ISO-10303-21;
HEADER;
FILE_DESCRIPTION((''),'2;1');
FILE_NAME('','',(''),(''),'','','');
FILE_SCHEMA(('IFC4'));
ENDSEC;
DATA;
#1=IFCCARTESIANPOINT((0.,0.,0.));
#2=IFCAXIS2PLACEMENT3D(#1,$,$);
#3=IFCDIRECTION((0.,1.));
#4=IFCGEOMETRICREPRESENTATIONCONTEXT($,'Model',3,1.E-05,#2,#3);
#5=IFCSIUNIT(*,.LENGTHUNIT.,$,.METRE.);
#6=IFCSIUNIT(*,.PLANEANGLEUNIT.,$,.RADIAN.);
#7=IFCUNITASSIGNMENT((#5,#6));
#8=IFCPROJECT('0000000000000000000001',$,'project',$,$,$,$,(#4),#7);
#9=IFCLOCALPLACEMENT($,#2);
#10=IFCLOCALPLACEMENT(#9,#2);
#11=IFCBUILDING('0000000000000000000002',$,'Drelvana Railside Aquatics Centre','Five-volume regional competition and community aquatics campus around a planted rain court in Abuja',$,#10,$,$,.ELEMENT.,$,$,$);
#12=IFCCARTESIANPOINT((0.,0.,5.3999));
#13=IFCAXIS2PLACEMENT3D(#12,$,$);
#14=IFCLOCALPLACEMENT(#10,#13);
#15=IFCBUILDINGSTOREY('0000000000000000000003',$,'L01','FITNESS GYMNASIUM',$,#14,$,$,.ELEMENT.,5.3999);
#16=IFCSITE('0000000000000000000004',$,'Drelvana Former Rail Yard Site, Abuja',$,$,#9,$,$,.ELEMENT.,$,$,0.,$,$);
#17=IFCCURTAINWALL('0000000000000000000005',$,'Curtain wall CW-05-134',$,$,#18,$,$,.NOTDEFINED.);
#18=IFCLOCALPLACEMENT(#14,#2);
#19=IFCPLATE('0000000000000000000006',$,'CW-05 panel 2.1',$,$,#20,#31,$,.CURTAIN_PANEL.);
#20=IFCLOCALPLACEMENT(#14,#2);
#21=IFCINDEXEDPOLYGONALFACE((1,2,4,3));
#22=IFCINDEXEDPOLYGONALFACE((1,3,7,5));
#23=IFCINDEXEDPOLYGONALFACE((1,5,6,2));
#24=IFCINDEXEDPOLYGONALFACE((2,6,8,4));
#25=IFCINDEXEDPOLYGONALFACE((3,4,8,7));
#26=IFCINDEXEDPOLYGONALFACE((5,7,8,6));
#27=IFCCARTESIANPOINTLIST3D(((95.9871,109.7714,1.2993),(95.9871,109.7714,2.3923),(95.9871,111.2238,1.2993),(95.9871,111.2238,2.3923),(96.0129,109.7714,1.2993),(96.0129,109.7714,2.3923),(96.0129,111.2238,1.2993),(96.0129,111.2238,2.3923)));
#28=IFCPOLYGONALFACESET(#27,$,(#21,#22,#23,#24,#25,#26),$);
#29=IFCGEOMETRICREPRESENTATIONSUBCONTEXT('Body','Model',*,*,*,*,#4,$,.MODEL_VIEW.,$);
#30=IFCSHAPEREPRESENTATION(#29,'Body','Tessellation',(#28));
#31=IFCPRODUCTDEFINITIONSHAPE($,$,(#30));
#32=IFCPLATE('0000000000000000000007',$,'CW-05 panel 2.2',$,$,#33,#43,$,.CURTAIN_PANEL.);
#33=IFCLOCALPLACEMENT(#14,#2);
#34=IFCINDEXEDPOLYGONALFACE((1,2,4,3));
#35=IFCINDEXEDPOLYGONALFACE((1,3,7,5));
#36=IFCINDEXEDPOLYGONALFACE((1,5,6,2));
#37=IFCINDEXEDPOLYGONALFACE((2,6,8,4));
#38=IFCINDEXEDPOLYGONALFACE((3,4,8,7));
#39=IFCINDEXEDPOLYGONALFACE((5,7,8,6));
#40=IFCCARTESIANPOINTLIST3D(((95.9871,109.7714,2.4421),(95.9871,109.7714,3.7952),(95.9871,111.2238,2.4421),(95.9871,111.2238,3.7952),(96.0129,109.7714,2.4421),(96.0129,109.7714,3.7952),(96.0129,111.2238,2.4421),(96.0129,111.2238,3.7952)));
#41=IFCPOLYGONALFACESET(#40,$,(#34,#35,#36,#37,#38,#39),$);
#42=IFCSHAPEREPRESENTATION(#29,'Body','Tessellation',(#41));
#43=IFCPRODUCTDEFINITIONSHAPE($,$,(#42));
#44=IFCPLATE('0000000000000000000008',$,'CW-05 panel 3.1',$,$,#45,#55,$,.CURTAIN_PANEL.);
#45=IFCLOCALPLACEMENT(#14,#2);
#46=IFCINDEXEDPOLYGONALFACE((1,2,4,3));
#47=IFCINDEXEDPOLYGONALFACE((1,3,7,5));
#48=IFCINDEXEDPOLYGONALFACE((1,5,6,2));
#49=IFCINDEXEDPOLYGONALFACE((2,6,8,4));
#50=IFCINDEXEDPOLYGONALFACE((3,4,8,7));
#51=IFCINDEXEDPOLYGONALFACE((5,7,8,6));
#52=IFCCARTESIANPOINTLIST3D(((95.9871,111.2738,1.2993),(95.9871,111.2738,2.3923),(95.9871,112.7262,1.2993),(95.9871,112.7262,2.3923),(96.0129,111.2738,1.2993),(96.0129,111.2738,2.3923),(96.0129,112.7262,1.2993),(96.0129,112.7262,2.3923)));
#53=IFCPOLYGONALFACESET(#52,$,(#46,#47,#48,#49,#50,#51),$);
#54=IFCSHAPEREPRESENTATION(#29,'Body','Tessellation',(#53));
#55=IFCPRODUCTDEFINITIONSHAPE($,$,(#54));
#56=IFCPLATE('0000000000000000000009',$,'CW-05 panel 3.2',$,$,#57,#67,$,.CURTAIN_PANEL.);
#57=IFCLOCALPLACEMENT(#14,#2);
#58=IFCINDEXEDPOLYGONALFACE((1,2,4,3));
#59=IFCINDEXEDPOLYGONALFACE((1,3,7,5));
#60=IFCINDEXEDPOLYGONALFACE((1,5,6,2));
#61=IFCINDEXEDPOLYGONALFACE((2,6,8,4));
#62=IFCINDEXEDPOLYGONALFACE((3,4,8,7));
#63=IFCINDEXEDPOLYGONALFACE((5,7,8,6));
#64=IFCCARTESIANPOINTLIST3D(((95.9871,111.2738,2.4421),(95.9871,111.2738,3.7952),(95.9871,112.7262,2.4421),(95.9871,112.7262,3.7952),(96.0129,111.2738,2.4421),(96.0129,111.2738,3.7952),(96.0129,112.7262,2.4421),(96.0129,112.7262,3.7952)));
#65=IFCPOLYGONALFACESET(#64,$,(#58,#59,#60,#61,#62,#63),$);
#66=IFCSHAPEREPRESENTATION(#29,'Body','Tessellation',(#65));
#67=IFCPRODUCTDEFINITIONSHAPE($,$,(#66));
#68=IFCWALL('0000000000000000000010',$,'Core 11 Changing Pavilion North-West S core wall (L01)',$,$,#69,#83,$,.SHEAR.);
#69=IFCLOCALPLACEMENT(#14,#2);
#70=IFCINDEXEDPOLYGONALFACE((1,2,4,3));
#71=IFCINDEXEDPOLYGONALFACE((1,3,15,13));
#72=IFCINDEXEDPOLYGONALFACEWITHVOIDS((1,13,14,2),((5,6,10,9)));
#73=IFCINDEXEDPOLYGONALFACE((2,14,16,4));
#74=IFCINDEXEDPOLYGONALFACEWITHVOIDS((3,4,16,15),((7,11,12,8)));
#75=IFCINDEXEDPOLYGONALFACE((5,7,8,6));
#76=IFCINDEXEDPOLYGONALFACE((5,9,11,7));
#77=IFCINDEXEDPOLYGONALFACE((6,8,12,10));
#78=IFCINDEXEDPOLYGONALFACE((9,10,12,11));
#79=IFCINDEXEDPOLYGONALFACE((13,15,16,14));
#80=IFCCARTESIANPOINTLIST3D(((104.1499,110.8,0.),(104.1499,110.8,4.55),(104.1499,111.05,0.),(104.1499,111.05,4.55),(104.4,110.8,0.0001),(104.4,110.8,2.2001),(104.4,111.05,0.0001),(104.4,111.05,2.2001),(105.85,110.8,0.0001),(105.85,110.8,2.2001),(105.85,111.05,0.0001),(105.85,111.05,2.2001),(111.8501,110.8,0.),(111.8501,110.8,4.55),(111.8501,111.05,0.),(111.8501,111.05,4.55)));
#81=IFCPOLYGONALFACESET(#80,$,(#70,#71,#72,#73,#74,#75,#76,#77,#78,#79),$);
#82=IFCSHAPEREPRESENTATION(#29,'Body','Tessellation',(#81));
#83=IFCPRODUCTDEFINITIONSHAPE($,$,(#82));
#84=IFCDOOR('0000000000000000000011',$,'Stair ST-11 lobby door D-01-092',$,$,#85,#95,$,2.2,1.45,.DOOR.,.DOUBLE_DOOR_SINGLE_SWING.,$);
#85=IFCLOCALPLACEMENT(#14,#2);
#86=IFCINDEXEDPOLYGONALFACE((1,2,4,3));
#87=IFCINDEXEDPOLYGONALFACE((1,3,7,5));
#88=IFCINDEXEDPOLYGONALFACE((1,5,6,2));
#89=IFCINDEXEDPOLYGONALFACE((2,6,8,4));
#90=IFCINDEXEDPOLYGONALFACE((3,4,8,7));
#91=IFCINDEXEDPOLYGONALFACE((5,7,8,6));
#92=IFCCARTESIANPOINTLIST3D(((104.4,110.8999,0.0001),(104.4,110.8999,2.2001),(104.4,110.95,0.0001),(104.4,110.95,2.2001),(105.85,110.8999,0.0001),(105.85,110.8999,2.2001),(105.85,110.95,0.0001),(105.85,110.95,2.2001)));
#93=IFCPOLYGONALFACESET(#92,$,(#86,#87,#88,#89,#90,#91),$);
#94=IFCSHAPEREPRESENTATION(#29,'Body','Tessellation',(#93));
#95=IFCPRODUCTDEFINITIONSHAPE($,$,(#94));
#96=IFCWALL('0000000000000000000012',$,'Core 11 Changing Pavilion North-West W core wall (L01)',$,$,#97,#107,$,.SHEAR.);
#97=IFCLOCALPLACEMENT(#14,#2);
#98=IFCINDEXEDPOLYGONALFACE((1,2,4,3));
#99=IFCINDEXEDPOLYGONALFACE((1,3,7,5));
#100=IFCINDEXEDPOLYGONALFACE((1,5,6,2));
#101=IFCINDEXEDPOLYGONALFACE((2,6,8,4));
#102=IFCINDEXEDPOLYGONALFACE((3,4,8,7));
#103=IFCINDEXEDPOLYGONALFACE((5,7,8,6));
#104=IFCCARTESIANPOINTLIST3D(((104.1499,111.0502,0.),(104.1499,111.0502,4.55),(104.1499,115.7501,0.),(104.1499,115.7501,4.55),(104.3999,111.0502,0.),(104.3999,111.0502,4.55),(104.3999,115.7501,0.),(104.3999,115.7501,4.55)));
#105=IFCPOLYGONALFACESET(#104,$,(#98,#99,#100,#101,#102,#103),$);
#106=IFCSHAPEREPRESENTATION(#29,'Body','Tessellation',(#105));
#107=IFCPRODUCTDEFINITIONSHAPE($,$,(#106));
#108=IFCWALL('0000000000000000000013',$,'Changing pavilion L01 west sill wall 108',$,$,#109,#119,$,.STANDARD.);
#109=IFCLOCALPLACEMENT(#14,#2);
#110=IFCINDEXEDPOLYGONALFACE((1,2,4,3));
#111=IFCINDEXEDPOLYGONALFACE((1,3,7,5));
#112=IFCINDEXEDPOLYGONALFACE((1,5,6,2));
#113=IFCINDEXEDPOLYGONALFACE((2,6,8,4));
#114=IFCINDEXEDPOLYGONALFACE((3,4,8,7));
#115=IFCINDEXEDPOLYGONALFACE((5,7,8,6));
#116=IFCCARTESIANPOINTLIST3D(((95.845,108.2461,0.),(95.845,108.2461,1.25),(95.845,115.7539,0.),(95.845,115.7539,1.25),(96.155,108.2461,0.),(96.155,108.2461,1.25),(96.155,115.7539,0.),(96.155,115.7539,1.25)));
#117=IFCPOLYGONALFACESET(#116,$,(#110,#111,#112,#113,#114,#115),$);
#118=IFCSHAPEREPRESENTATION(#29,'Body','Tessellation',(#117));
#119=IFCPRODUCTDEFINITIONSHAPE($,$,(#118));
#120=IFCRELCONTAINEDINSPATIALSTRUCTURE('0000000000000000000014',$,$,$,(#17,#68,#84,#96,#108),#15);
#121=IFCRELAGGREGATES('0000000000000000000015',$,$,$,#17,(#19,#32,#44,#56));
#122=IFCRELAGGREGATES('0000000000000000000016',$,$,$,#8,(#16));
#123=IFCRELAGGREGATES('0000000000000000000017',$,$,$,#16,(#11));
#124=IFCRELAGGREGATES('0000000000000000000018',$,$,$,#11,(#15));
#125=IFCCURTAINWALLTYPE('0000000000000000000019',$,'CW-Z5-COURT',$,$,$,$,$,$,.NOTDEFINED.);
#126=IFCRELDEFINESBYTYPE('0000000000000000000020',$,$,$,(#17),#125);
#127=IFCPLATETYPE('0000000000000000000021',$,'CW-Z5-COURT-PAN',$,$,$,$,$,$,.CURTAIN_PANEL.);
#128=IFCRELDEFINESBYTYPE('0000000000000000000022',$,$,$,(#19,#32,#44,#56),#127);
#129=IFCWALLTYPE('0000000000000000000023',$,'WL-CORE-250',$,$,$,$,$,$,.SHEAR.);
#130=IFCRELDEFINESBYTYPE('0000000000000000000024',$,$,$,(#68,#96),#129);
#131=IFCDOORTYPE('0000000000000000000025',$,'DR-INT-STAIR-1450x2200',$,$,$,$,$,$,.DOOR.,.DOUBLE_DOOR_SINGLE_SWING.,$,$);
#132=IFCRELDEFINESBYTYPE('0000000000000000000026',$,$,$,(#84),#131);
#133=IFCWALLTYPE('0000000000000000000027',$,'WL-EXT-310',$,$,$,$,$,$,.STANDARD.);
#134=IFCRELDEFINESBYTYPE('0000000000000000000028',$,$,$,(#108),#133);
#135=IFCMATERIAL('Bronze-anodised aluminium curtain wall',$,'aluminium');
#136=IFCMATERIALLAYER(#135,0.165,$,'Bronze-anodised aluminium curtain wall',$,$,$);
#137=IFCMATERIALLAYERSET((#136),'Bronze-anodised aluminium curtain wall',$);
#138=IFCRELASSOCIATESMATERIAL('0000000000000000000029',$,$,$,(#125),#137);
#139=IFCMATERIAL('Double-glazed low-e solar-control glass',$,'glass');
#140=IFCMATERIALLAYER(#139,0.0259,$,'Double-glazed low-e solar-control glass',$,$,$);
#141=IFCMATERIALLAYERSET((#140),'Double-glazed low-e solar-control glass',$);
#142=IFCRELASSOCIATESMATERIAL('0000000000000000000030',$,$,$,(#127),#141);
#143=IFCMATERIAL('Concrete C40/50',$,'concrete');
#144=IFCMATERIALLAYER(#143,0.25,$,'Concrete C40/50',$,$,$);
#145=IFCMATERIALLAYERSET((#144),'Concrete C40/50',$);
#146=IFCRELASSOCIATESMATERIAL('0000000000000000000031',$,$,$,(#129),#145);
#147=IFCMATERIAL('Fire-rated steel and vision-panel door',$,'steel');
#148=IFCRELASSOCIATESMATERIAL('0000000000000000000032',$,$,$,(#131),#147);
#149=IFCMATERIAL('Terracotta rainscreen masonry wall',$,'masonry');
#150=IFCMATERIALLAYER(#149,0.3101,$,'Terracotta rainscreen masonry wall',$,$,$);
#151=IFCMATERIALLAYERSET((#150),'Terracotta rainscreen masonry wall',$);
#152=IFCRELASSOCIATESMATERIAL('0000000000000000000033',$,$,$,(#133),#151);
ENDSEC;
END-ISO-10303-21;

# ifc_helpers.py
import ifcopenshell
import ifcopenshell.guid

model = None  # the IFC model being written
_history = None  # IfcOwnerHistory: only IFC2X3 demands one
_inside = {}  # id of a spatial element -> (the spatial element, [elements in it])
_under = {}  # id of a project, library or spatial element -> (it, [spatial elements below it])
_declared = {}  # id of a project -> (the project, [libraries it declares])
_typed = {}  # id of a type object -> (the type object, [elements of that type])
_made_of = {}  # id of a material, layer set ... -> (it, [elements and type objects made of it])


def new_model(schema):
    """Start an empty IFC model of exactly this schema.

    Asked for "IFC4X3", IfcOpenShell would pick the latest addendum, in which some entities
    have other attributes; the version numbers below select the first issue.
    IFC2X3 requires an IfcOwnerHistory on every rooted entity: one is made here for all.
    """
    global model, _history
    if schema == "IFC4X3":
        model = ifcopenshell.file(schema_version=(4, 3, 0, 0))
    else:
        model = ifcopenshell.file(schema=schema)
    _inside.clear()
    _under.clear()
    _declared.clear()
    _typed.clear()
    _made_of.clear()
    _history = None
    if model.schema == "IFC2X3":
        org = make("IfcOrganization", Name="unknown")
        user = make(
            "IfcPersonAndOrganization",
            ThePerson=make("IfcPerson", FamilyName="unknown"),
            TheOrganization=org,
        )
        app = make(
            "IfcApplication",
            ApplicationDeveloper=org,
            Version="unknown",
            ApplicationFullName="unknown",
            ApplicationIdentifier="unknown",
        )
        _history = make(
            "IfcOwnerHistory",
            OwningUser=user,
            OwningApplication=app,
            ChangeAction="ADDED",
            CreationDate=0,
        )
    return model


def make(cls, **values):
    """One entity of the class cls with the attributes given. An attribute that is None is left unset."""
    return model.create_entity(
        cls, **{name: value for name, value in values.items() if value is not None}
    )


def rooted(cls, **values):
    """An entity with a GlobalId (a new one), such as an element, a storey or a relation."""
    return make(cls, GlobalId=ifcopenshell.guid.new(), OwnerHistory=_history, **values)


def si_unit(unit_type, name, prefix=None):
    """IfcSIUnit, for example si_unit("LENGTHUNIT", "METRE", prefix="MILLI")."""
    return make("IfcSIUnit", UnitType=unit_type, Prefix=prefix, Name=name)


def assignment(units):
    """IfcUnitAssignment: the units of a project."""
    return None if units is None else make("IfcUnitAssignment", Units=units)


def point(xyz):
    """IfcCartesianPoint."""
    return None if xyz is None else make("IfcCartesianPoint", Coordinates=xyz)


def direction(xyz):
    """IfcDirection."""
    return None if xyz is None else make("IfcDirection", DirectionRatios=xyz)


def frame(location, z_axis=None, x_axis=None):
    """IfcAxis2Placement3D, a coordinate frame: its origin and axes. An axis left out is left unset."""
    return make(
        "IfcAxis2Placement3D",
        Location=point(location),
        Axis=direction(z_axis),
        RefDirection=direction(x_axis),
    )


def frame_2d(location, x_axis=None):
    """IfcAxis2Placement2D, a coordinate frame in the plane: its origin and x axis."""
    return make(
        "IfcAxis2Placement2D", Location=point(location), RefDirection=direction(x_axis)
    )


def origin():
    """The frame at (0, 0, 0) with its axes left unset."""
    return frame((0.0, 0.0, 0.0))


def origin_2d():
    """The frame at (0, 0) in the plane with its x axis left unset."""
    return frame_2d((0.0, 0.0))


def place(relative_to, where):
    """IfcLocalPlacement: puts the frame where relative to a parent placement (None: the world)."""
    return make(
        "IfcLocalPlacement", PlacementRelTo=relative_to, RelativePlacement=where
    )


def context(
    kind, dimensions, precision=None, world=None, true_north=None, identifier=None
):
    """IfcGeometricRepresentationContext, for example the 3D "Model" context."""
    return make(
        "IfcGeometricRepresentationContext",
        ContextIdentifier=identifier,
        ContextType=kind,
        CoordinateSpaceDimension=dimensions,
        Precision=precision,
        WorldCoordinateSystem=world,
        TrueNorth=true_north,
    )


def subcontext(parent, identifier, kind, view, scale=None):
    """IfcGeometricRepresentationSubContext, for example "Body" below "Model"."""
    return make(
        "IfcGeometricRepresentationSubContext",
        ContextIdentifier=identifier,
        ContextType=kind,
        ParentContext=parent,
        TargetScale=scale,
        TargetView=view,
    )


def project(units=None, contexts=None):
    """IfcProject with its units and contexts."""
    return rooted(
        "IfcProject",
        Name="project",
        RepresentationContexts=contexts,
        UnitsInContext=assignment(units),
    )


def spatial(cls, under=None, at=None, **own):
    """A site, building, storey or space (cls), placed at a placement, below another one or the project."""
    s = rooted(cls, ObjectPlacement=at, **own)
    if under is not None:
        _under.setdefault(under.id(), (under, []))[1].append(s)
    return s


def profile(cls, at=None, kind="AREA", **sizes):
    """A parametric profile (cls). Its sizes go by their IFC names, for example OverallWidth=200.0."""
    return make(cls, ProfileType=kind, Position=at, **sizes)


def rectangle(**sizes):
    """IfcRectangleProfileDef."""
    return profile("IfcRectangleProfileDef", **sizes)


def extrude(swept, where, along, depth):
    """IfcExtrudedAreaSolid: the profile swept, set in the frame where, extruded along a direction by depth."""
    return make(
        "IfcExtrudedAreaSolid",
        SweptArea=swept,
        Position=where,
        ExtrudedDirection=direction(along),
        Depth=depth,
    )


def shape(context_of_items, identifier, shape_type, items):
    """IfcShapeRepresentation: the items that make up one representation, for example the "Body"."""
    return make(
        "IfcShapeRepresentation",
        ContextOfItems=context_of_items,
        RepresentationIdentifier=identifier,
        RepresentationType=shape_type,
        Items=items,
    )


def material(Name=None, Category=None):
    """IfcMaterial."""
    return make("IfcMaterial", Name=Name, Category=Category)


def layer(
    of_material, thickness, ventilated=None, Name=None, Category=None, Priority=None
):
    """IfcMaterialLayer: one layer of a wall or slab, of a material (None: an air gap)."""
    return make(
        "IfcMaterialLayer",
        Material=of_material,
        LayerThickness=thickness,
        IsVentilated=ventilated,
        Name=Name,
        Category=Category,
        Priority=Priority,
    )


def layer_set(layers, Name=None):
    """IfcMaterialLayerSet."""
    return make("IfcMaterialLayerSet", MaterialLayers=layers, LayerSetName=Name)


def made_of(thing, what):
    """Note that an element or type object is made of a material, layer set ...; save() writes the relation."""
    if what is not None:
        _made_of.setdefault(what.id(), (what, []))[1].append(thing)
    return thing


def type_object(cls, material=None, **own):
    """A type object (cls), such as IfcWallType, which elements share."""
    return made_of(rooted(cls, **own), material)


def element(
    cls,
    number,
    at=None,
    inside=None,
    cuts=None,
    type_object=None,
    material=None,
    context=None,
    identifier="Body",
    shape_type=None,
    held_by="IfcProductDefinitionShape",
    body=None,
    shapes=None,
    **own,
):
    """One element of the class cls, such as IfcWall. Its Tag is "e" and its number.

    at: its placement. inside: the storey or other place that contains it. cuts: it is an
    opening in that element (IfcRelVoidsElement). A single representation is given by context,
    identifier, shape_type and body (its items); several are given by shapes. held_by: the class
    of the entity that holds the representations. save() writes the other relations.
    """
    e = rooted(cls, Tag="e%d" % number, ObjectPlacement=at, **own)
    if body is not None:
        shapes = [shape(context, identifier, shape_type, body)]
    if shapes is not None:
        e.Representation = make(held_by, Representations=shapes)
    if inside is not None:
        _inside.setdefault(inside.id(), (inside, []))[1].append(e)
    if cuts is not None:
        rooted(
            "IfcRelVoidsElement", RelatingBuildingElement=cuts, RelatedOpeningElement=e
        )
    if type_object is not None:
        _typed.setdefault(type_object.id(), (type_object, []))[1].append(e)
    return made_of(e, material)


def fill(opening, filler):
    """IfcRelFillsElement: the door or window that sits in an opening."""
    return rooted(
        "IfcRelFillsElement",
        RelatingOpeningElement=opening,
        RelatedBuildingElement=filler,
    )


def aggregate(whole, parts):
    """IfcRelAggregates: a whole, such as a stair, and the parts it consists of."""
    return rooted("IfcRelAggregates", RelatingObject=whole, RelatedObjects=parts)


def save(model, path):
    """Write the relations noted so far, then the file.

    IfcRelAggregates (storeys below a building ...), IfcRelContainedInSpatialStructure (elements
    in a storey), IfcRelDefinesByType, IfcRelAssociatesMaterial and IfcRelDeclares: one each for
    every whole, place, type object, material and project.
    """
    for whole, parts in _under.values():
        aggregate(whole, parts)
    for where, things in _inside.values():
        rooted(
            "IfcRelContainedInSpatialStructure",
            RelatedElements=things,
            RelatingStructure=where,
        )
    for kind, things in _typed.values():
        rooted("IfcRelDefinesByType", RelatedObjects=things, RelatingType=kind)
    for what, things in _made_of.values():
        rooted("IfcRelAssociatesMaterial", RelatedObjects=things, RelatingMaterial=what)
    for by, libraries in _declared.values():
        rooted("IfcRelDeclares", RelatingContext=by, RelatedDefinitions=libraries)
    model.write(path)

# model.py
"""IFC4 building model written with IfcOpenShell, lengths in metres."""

from ifc_helpers import new_model, si_unit, direction, frame, frame_2d, origin, origin_2d, place, context, subcontext, project, spatial, rectangle, extrude, material, layer, layer_set, type_object, element, fill, aggregate, save


model = new_model("IFC4")

# Units and contexts
model_context = context("Model", 3, precision=1e-05, world=origin(), true_north=direction((0.0, 1.0)))
body_context = subcontext(model_context, "Body", "Model", "MODEL_VIEW")
ifc_project = project(units=[si_unit("LENGTHUNIT", "METRE"), si_unit("PLANEANGLEUNIT", "RADIAN")], contexts=[model_context])

# Site, building, storey
site_placement = place(None, origin())
site = spatial("IfcSite", under=ifc_project, at=site_placement, Name="Drelvana Former Rail Yard Site, Abuja", CompositionType="ELEMENT", RefElevation=0.0)
building_placement = place(site_placement, origin())
building = spatial("IfcBuilding", under=site, at=building_placement, Name="Drelvana Railside Aquatics Centre", Description="Five-volume regional competition and community aquatics campus around a planted rain court in Abuja", CompositionType="ELEMENT")
storey_placement = place(building_placement, frame((0.0, 0.0, 5.3999)))
storey = spatial("IfcBuildingStorey", under=building, at=storey_placement, Name="L01", Description="FITNESS GYMNASIUM", CompositionType="ELEMENT", Elevation=5.3999)

# Shared definitions
ifc_material_1 = material(Name="Concrete C40/50", Category="concrete")

# Shared definitions
ifc_material_2 = material(Name="Bronze-anodised aluminium curtain wall", Category="aluminium")
ifc_layer_1 = layer(ifc_material_2, 0.165, Name="Bronze-anodised aluminium curtain wall")
ifc_layer_set_1 = layer_set([ifc_layer_1], Name="Bronze-anodised aluminium curtain wall")
curtain_wall_type = type_object("IfcCurtainWallType", Name="CW-Z5-COURT", PredefinedType="NOTDEFINED", material=ifc_layer_set_1)

# Curtain wall
curtain_wall_1_placement = place(storey_placement, origin())
curtain_wall_1 = element("IfcCurtainWall", 1, at=curtain_wall_1_placement, inside=storey, type_object=curtain_wall_type, Name="Curtain wall CW-05-134", PredefinedType="NOTDEFINED")

# Plates
ifc_material_3 = material(Name="Double-glazed low-e solar-control glass", Category="glass")
ifc_layer_2 = layer(ifc_material_3, 0.0259, Name="Double-glazed low-e solar-control glass")
ifc_layer_set_2 = layer_set([ifc_layer_2], Name="Double-glazed low-e solar-control glass")
plate_type = type_object("IfcPlateType", Name="CW-Z5-COURT-PAN", PredefinedType="CURTAIN_PANEL", material=ifc_layer_set_2)
plate_1_placement = place(storey_placement, frame((96.0, 110.4976, 1.2993), z_axis=(0.0, 0.0, 1.0), x_axis=(0.0, 1.0, 0.0)))
plate_1 = element("IfcPlate", 2, at=plate_1_placement, type_object=plate_type, Name="CW-05 panel 2.1", PredefinedType="CURTAIN_PANEL", context=body_context, shape_type="SweptSolid", body=[
    extrude(rectangle(XDim=1.4524, YDim=0.0259, at=origin_2d()), origin(), (0.0, 0.0, 1.0), 1.093),
])
plate_2_placement = place(storey_placement, frame((96.0, 110.4976, 2.4421), z_axis=(0.0, 0.0, 1.0), x_axis=(0.0, 1.0, 0.0)))
plate_2 = element("IfcPlate", 3, at=plate_2_placement, type_object=plate_type, Name="CW-05 panel 2.2", PredefinedType="CURTAIN_PANEL", context=body_context, shape_type="SweptSolid", body=[
    extrude(rectangle(XDim=1.4524, YDim=0.0259, at=origin_2d()), origin(), (0.0, 0.0, 1.0), 1.353),
])
plate_3_placement = place(storey_placement, frame((96.0, 112.0, 1.2993), z_axis=(0.0, 0.0, 1.0), x_axis=(0.0, 1.0, 0.0)))
plate_3 = element("IfcPlate", 4, at=plate_3_placement, type_object=plate_type, Name="CW-05 panel 3.1", PredefinedType="CURTAIN_PANEL", context=body_context, shape_type="SweptSolid", body=[
    extrude(rectangle(XDim=1.4524, YDim=0.0259, at=origin_2d()), origin(), (0.0, 0.0, 1.0), 1.093),
])
plate_4_placement = place(storey_placement, frame((96.0, 112.0, 2.4421), z_axis=(0.0, 0.0, 1.0), x_axis=(0.0, 1.0, 0.0)))
plate_4 = element("IfcPlate", 5, at=plate_4_placement, type_object=plate_type, Name="CW-05 panel 3.2", PredefinedType="CURTAIN_PANEL", context=body_context, shape_type="SweptSolid", body=[
    extrude(rectangle(XDim=1.4524, YDim=0.0259, at=origin_2d()), origin(), (0.0, 0.0, 1.0), 1.353),
])
aggregate(curtain_wall_1, [plate_1, plate_2, plate_3, plate_4])

# Wall, opening, door
ifc_layer_3 = layer(ifc_material_1, 0.25, Name="Concrete C40/50")
ifc_layer_set_3 = layer_set([ifc_layer_3], Name="Concrete C40/50")
wall_type_1 = type_object("IfcWallType", Name="WL-CORE-250", PredefinedType="SHEAR", material=ifc_layer_set_3)
wall_1_placement = place(storey_placement, frame((104.1499, 110.925, 0.0), z_axis=(0.0, 0.0, 1.0), x_axis=(1.0, 0.0, 0.0)))
wall_1 = element("IfcWall", 6, at=wall_1_placement, inside=storey, type_object=wall_type_1, Name="Core 11 Changing Pavilion North-West S core wall (L01)", PredefinedType="SHEAR", context=body_context, shape_type="SweptSolid", body=[
    extrude(rectangle(XDim=7.7002, YDim=0.25, at=frame_2d((3.8501, 0.0))), origin(), (0.0, 0.0, 1.0), 4.55),
])
opening_placement = place(wall_1_placement, frame((0.25, 0.0, 0.0)))
opening = element("IfcOpeningElement", 7, at=opening_placement, cuts=wall_1, PredefinedType="OPENING", context=body_context, shape_type="SweptSolid", body=[
    extrude(rectangle(XDim=1.45, YDim=2.2, at=frame_2d((0.7251, 1.1001))), frame((0.0, 0.135, 0.0), z_axis=(0.0, -1.0, 0.0), x_axis=(1.0, 0.0, 0.0)), (0.0, 0.0, 1.0), 0.27),
])
ifc_material_4 = material(Name="Fire-rated steel and vision-panel door", Category="steel")
door_type = type_object("IfcDoorType", Name="DR-INT-STAIR-1450x2200", OperationType="DOUBLE_DOOR_SINGLE_SWING", PredefinedType="DOOR", material=ifc_material_4)
door_placement = place(opening_placement, origin())
door = element("IfcDoor", 8, at=door_placement, inside=storey, type_object=door_type, Name="Stair ST-11 lobby door D-01-092", OperationType="DOUBLE_DOOR_SINGLE_SWING", OverallHeight=2.2, OverallWidth=1.45, PredefinedType="DOOR", context=body_context, shape_type="SweptSolid", body=[
    extrude(rectangle(XDim=1.45, YDim=2.2, at=frame_2d((0.7251, 1.1001))), frame((0.0, 0.0249, 0.0), z_axis=(0.0, -1.0, 0.0), x_axis=(1.0, 0.0, 0.0)), (0.0, 0.0, 1.0), 0.05),
])
fill(opening, door)

# Walls
wall_2_placement = place(storey_placement, frame((104.2749, 111.05, 0.0), z_axis=(0.0, 0.0, 1.0), x_axis=(0.0, 1.0, 0.0)))
element("IfcWall", 9, at=wall_2_placement, inside=storey, type_object=wall_type_1, Name="Core 11 Changing Pavilion North-West W core wall (L01)", PredefinedType="SHEAR", context=body_context, shape_type="SweptSolid", body=[
    extrude(rectangle(XDim=4.7, YDim=0.25, at=frame_2d((2.3501, 0.0))), origin(), (0.0, 0.0, 1.0), 4.55),
])
ifc_material_5 = material(Name="Terracotta rainscreen masonry wall", Category="masonry")
ifc_layer_4 = layer(ifc_material_5, 0.3101, Name="Terracotta rainscreen masonry wall")
ifc_layer_set_4 = layer_set([ifc_layer_4], Name="Terracotta rainscreen masonry wall")
wall_type_2 = type_object("IfcWallType", Name="WL-EXT-310", PredefinedType="STANDARD", material=ifc_layer_set_4)
wall_3_placement = place(storey_placement, frame((96.0, 108.2461, 0.0), z_axis=(0.0, 0.0, 1.0), x_axis=(0.0, 1.0, 0.0)))
element("IfcWall", 10, at=wall_3_placement, inside=storey, type_object=wall_type_2, Name="Changing pavilion L01 west sill wall 108", PredefinedType="STANDARD", context=body_context, shape_type="SweptSolid", body=[
    extrude(rectangle(XDim=7.5078, YDim=0.3101, at=frame_2d((3.7539, 0.0))), origin(), (0.0, 0.0, 1.0), 1.25),
])

save(model, "model.ifc")
